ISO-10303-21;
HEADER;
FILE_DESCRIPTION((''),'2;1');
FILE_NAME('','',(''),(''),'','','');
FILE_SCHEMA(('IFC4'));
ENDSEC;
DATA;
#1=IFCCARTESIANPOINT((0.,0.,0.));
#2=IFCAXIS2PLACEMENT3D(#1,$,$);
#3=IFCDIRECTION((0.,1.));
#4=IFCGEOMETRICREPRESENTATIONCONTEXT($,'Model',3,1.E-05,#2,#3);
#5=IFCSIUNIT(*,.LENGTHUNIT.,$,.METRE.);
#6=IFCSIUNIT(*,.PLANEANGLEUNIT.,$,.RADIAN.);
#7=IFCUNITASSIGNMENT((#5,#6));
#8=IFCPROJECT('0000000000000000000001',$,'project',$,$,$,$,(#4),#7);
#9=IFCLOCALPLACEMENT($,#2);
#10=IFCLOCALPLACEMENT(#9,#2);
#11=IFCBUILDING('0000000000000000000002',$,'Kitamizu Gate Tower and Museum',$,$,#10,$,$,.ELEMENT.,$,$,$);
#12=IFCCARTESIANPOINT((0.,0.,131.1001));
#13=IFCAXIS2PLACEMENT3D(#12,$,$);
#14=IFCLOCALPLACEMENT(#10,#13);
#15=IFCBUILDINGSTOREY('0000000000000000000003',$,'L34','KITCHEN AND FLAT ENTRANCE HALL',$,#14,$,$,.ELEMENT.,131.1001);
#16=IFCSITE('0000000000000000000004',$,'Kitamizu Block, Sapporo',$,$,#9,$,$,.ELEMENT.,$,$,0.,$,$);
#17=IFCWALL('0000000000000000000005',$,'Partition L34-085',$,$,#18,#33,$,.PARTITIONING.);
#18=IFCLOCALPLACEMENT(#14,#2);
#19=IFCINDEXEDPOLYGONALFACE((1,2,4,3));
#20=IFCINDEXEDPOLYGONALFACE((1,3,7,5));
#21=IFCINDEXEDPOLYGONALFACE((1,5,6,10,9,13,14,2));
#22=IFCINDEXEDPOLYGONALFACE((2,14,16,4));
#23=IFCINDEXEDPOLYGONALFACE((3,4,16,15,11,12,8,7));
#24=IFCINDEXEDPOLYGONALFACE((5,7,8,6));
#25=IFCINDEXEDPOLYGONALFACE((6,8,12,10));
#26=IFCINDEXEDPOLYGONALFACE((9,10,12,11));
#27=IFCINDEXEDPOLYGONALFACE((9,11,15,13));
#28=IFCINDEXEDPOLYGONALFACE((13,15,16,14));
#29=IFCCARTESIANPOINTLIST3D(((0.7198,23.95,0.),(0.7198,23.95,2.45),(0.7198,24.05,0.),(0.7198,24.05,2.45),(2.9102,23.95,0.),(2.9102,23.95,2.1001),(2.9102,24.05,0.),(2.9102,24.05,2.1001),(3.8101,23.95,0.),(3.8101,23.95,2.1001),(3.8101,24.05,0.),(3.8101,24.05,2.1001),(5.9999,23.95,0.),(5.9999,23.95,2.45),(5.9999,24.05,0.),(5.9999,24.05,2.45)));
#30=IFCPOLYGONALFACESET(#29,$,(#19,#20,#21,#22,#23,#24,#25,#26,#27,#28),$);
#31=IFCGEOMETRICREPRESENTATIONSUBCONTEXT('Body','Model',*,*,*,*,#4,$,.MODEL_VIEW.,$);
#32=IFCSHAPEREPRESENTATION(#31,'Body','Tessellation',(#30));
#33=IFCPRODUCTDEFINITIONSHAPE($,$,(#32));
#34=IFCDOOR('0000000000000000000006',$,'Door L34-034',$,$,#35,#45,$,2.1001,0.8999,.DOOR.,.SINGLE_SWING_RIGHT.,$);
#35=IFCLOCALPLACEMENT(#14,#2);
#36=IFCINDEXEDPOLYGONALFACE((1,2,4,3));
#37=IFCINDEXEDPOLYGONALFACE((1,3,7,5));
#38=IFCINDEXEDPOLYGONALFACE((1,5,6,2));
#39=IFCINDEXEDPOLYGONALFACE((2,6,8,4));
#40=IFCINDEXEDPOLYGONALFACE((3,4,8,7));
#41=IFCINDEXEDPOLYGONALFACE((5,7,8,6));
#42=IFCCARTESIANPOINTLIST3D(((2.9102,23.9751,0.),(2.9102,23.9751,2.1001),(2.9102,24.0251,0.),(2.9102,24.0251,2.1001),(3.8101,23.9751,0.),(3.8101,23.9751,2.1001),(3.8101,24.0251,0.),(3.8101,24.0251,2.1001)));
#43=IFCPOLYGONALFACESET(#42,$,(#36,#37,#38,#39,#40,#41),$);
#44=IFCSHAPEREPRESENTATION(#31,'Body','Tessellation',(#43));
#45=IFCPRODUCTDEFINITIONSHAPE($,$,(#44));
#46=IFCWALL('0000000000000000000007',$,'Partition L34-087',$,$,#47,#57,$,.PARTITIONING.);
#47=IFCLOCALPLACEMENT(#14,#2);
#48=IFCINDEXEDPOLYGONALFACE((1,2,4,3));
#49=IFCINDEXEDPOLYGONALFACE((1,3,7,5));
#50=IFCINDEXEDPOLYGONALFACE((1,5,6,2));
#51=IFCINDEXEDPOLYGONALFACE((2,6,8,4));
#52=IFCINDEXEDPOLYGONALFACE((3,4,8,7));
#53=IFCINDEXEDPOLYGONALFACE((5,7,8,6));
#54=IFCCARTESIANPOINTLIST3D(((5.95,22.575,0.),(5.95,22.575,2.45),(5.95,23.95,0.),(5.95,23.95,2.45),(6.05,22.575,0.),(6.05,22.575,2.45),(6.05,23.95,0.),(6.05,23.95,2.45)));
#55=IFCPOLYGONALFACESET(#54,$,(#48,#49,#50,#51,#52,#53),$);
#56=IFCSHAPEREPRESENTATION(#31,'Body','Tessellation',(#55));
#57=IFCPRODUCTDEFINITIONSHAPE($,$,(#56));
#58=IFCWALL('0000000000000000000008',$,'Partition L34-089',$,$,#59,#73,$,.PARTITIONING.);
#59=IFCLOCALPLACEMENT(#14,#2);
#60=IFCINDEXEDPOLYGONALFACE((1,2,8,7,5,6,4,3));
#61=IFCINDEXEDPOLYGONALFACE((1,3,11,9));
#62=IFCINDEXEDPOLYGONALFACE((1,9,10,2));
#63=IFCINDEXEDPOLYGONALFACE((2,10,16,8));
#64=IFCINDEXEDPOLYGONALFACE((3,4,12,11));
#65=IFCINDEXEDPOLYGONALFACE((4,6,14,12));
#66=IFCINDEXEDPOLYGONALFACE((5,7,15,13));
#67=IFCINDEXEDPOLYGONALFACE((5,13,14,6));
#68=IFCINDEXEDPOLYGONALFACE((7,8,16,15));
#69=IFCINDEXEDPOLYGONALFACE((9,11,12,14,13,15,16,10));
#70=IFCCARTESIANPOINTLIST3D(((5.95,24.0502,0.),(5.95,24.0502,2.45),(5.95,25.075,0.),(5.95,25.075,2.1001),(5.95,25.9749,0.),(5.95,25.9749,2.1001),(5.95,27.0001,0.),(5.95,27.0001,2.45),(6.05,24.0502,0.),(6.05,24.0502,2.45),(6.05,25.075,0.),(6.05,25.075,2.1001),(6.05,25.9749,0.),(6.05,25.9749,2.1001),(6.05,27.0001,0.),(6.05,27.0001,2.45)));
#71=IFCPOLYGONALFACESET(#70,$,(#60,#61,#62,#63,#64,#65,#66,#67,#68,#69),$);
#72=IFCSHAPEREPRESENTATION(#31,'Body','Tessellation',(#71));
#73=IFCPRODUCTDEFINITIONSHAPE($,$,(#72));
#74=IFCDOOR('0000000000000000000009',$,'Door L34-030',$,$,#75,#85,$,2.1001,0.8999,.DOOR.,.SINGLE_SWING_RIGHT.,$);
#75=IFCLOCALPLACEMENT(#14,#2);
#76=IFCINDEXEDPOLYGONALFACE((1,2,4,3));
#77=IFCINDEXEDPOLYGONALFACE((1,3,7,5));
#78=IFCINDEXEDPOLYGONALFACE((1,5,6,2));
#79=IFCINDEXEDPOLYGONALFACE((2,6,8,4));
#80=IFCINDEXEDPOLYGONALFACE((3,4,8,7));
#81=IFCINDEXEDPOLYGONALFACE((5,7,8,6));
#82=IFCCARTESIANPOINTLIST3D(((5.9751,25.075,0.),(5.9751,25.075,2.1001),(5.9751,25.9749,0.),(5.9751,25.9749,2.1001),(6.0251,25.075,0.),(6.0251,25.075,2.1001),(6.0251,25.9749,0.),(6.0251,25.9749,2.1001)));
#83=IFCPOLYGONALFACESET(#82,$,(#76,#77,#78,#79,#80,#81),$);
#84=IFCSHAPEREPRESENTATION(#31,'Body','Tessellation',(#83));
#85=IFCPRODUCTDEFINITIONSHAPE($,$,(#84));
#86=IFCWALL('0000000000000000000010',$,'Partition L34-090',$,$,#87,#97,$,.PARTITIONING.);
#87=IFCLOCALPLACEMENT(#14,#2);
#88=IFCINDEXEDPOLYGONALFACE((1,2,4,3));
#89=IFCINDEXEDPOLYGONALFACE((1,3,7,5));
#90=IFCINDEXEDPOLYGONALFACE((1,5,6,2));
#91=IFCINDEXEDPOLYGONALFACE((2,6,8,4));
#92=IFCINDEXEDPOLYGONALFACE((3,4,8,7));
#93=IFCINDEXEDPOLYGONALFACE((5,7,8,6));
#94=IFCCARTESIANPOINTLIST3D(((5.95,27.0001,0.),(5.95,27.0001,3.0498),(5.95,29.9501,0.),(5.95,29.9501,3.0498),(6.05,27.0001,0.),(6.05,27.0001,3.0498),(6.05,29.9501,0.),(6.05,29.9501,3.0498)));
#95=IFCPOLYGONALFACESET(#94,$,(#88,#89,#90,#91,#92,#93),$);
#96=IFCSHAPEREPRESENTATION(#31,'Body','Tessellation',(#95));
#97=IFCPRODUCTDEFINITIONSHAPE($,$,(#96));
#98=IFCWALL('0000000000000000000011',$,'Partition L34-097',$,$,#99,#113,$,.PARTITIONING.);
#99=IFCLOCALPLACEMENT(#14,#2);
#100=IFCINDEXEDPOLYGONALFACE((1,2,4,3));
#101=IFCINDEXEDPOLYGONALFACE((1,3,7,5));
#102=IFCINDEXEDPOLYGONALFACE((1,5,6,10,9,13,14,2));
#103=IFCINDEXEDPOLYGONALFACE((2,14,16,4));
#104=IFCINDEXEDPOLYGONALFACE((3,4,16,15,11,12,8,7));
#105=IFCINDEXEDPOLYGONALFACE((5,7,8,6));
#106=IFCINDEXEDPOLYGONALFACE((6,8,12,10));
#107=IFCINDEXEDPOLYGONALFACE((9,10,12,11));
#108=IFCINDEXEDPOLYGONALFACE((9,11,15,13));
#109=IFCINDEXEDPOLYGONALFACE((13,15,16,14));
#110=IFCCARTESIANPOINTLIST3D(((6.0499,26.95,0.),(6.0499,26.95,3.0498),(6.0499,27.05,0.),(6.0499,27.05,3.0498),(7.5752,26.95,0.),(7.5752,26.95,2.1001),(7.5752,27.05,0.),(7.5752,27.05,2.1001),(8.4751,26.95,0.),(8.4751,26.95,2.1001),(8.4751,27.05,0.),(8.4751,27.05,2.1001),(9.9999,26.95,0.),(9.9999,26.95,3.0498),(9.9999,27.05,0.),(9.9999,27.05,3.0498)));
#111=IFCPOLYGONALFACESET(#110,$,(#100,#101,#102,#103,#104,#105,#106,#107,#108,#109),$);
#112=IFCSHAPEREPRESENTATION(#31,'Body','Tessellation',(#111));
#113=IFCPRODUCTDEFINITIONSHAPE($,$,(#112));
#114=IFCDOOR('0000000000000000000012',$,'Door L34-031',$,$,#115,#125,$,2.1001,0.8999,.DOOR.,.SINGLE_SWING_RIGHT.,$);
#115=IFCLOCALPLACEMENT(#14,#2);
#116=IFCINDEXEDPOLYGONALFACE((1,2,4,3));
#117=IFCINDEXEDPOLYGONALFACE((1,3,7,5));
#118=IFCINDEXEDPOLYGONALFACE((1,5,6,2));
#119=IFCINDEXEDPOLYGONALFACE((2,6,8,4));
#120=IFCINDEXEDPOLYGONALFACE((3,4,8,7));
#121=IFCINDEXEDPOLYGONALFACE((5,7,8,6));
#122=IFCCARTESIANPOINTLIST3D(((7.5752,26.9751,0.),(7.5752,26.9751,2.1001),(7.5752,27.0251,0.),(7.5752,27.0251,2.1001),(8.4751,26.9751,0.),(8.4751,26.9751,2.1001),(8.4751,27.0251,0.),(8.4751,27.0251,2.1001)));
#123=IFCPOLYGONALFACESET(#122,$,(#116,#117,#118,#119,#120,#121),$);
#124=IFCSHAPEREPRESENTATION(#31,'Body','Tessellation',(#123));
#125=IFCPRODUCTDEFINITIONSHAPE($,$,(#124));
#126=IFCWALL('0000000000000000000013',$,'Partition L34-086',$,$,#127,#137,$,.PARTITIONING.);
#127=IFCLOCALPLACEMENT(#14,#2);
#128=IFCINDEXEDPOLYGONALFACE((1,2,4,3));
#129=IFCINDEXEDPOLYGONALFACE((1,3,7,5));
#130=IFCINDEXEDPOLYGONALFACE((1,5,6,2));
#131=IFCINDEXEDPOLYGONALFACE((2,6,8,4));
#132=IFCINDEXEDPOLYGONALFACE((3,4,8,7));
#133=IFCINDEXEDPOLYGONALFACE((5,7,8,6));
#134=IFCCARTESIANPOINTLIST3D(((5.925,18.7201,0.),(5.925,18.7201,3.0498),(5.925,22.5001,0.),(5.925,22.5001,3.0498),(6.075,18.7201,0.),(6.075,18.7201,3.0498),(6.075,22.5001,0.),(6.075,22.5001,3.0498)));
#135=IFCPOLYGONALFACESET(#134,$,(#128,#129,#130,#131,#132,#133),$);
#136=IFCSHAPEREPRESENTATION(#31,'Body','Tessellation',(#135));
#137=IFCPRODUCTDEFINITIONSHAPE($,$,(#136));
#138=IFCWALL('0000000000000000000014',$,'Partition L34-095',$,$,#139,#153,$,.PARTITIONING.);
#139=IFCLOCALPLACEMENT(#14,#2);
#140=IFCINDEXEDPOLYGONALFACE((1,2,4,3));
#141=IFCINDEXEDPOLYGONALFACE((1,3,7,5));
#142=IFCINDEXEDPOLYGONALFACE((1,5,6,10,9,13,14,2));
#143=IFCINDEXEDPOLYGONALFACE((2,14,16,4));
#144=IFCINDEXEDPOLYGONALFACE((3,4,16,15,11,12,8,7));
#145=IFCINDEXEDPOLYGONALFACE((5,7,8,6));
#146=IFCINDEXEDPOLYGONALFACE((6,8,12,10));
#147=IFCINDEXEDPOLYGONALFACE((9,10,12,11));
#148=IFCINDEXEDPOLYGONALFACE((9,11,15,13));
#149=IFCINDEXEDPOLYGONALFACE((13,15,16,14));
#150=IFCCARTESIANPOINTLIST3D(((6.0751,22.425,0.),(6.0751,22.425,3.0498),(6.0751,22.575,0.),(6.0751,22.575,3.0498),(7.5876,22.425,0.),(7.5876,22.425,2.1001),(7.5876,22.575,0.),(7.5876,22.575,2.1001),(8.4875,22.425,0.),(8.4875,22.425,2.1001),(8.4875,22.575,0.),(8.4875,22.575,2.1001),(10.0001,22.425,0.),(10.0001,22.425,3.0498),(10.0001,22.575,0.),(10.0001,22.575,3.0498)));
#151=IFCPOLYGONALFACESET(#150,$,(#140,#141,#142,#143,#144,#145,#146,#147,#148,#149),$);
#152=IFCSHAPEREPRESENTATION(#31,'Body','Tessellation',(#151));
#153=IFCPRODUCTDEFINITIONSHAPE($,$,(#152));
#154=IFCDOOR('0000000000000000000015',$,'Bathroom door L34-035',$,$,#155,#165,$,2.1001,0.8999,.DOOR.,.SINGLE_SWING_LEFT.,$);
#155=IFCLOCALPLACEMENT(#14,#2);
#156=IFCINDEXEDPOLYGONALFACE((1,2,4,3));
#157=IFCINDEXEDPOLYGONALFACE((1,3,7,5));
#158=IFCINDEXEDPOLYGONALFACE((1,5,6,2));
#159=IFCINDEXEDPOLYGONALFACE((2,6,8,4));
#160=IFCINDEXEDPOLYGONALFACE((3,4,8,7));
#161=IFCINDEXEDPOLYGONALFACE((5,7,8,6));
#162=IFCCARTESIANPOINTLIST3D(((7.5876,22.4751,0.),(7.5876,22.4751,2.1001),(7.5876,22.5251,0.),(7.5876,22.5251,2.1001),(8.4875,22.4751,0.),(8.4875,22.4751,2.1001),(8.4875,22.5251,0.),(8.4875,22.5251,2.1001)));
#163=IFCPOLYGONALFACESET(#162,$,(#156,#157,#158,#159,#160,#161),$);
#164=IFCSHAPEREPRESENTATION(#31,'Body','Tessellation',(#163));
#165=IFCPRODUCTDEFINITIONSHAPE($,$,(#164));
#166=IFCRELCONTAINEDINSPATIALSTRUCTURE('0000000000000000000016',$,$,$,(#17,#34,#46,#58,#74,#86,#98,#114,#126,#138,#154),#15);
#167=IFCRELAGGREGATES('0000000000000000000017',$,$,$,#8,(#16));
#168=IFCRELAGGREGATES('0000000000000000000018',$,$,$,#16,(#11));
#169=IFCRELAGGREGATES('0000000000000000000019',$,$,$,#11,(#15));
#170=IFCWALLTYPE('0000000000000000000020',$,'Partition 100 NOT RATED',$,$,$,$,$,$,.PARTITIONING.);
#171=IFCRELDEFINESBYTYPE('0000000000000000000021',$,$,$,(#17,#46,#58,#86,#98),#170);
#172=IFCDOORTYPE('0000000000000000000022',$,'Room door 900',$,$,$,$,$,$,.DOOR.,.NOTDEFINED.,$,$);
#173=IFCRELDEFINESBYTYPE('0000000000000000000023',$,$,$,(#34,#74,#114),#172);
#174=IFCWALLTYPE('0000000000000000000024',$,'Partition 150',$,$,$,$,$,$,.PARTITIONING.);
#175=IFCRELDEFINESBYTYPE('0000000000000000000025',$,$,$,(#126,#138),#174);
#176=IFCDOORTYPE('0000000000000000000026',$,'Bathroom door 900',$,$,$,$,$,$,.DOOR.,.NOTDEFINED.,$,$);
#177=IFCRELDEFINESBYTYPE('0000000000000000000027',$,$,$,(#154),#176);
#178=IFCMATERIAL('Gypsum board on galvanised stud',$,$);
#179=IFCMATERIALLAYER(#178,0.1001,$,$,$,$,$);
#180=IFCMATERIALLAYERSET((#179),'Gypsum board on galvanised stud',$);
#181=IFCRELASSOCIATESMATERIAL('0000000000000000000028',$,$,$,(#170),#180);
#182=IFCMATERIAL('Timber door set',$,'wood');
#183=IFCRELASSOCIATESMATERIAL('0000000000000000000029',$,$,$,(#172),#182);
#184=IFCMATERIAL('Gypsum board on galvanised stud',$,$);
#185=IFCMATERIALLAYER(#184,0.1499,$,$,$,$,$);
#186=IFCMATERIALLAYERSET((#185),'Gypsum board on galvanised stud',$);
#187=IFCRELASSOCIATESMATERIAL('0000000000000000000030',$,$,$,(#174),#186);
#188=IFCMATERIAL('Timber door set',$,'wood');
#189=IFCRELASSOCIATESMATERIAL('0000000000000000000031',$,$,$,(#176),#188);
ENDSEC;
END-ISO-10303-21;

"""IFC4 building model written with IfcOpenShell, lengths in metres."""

from ifc_helpers import new_model, si_unit, direction, frame, frame_2d, origin, place, context, subcontext, project, spatial, rectangle, extrude, material, layer, layer_set, type_object, element, fill, save


model = new_model("IFC4")

# Units and contexts
model_context = context("Model", 3, precision=1e-05, world=origin(), true_north=direction((0.0, 1.0)))
body_context = subcontext(model_context, "Body", "Model", "MODEL_VIEW")
ifc_project = project(units=[si_unit("LENGTHUNIT", "METRE"), si_unit("PLANEANGLEUNIT", "RADIAN")], contexts=[model_context])

# Site, building, storey
site_placement = place(None, origin())
site = spatial("IfcSite", under=ifc_project, at=site_placement, Name="Kitamizu Block, Sapporo", CompositionType="ELEMENT", RefElevation=0.0)
building_placement = place(site_placement, origin())
building = spatial("IfcBuilding", under=site, at=building_placement, Name="Kitamizu Gate Tower and Museum", CompositionType="ELEMENT")
storey_placement = place(building_placement, frame((0.0, 0.0, 131.1001)))
storey = spatial("IfcBuildingStorey", under=building, at=storey_placement, Name="L34", Description="KITCHEN AND FLAT ENTRANCE HALL", CompositionType="ELEMENT", Elevation=131.1001)

# Wall, opening, door
ifc_material_1 = material(Name="Gypsum board on galvanised stud")
ifc_layer_1 = layer(ifc_material_1, 0.1001)
ifc_layer_set_1 = layer_set([ifc_layer_1], Name="Gypsum board on galvanised stud")
wall_type_1 = type_object("IfcWallType", Name="Partition 100 NOT RATED", PredefinedType="PARTITIONING", material=ifc_layer_set_1)
wall_1_placement = place(storey_placement, frame((6.0, 24.0, 0.0), z_axis=(0.0, 0.0, 1.0), x_axis=(-1.0, 0.0, 0.0)))
wall_1 = element("IfcWall", 1, at=wall_1_placement, inside=storey, type_object=wall_type_1, Name="Partition L34-085", PredefinedType="PARTITIONING", context=body_context, shape_type="SweptSolid", body=[
    extrude(rectangle(XDim=5.28, YDim=0.1001, at=frame_2d((2.6401, 0.0))), origin(), (0.0, 0.0, 1.0), 2.45),
])
opening_1_placement = place(wall_1_placement, frame((2.1899, 0.0, 0.0)))
opening_1 = element("IfcOpeningElement", 2, at=opening_1_placement, cuts=wall_1, PredefinedType="OPENING", context=body_context, shape_type="SweptSolid", body=[
    extrude(rectangle(XDim=0.8999, YDim=2.1001, at=frame_2d((0.45, 1.05))), frame((0.0, 0.0601, 0.0), z_axis=(0.0, -1.0, 0.0), x_axis=(1.0, 0.0, 0.0)), (0.0, 0.0, 1.0), 0.1201),
])
ifc_material_2 = material(Name="Timber door set", Category="wood")
door_type_1 = type_object("IfcDoorType", Name="Room door 900", OperationType="NOTDEFINED", PredefinedType="DOOR", material=ifc_material_2)
door_1_placement = place(opening_1_placement, origin())
door_1 = element("IfcDoor", 3, at=door_1_placement, inside=storey, type_object=door_type_1, Name="Door L34-034", OperationType="SINGLE_SWING_RIGHT", OverallHeight=2.1001, OverallWidth=0.8999, PredefinedType="DOOR", context=body_context, shape_type="SweptSolid", body=[
    extrude(rectangle(XDim=0.8999, YDim=2.1001, at=frame_2d((0.45, 1.05))), frame((0.0, 0.0249, 0.0), z_axis=(0.0, -1.0, 0.0), x_axis=(1.0, 0.0, 0.0)), (0.0, 0.0, 1.0), 0.05),
])
fill(opening_1, door_1)

# Wall
wall_2_placement = place(storey_placement, frame((6.0, 22.575, 0.0), z_axis=(0.0, 0.0, 1.0), x_axis=(0.0, 1.0, 0.0)))
element("IfcWall", 4, at=wall_2_placement, inside=storey, type_object=wall_type_1, Name="Partition L34-087", PredefinedType="PARTITIONING", context=body_context, shape_type="SweptSolid", body=[
    extrude(rectangle(XDim=1.375, YDim=0.1001, at=frame_2d((0.6875, 0.0))), origin(), (0.0, 0.0, 1.0), 2.45),
])

# Wall, opening, door
wall_3_placement = place(storey_placement, frame((6.0, 24.05, 0.0), z_axis=(0.0, 0.0, 1.0), x_axis=(0.0, 1.0, 0.0)))
wall_3 = element("IfcWall", 5, at=wall_3_placement, inside=storey, type_object=wall_type_1, Name="Partition L34-089", PredefinedType="PARTITIONING", context=body_context, shape_type="SweptSolid", body=[
    extrude(rectangle(XDim=2.95, YDim=0.1001, at=frame_2d((1.4751, 0.0))), origin(), (0.0, 0.0, 1.0), 2.45),
])
opening_2_placement = place(wall_3_placement, frame((1.0249, 0.0, 0.0)))
opening_2 = element("IfcOpeningElement", 6, at=opening_2_placement, cuts=wall_3, PredefinedType="OPENING", context=body_context, shape_type="SweptSolid", body=[
    extrude(rectangle(XDim=0.8999, YDim=2.1001, at=frame_2d((0.45, 1.05))), frame((0.0, 0.0601, 0.0), z_axis=(0.0, -1.0, 0.0), x_axis=(1.0, 0.0, 0.0)), (0.0, 0.0, 1.0), 0.1201),
])
door_2_placement = place(opening_2_placement, origin())
door_2 = element("IfcDoor", 7, at=door_2_placement, inside=storey, type_object=door_type_1, Name="Door L34-030", OperationType="SINGLE_SWING_RIGHT", OverallHeight=2.1001, OverallWidth=0.8999, PredefinedType="DOOR", context=body_context, shape_type="SweptSolid", body=[
    extrude(rectangle(XDim=0.8999, YDim=2.1001, at=frame_2d((0.45, 1.05))), frame((0.0, 0.0249, 0.0), z_axis=(0.0, -1.0, 0.0), x_axis=(1.0, 0.0, 0.0)), (0.0, 0.0, 1.0), 0.05),
])
fill(opening_2, door_2)

# Wall
wall_4_placement = place(storey_placement, frame((6.0, 27.0, 0.0), z_axis=(0.0, 0.0, 1.0), x_axis=(0.0, 1.0, 0.0)))
element("IfcWall", 8, at=wall_4_placement, inside=storey, type_object=wall_type_1, Name="Partition L34-090", PredefinedType="PARTITIONING", context=body_context, shape_type="SweptSolid", body=[
    extrude(rectangle(XDim=2.95, YDim=0.1001, at=frame_2d((1.4751, 0.0))), origin(), (0.0, 0.0, 1.0), 3.0498),
])

# Wall, opening, door
wall_5_placement = place(storey_placement, frame((10.0, 27.0, 0.0), z_axis=(0.0, 0.0, 1.0), x_axis=(-1.0, 0.0, 0.0)))
wall_5 = element("IfcWall", 9, at=wall_5_placement, inside=storey, type_object=wall_type_1, Name="Partition L34-097", PredefinedType="PARTITIONING", context=body_context, shape_type="SweptSolid", body=[
    extrude(rectangle(XDim=3.95, YDim=0.1001, at=frame_2d((1.9751, 0.0))), origin(), (0.0, 0.0, 1.0), 3.0498),
])
opening_3_placement = place(wall_5_placement, frame((1.5249, 0.0, 0.0)))
opening_3 = element("IfcOpeningElement", 10, at=opening_3_placement, cuts=wall_5, PredefinedType="OPENING", context=body_context, shape_type="SweptSolid", body=[
    extrude(rectangle(XDim=0.8999, YDim=2.1001, at=frame_2d((0.45, 1.05))), frame((0.0, 0.0601, 0.0), z_axis=(0.0, -1.0, 0.0), x_axis=(1.0, 0.0, 0.0)), (0.0, 0.0, 1.0), 0.1201),
])
door_3_placement = place(opening_3_placement, origin())
door_3 = element("IfcDoor", 11, at=door_3_placement, inside=storey, type_object=door_type_1, Name="Door L34-031", OperationType="SINGLE_SWING_RIGHT", OverallHeight=2.1001, OverallWidth=0.8999, PredefinedType="DOOR", context=body_context, shape_type="SweptSolid", body=[
    extrude(rectangle(XDim=0.8999, YDim=2.1001, at=frame_2d((0.45, 1.05))), frame((0.0, 0.0249, 0.0), z_axis=(0.0, -1.0, 0.0), x_axis=(1.0, 0.0, 0.0)), (0.0, 0.0, 1.0), 0.05),
])
fill(opening_3, door_3)

# Wall
ifc_material_3 = material(Name="Gypsum board on galvanised stud")
ifc_layer_2 = layer(ifc_material_3, 0.1499)
ifc_layer_set_2 = layer_set([ifc_layer_2], Name="Gypsum board on galvanised stud")
wall_type_2 = type_object("IfcWallType", Name="Partition 150", PredefinedType="PARTITIONING", material=ifc_layer_set_2)
wall_6_placement = place(storey_placement, frame((6.0, 18.72, 0.0), z_axis=(0.0, 0.0, 1.0), x_axis=(0.0, 1.0, 0.0)))
element("IfcWall", 12, at=wall_6_placement, inside=storey, type_object=wall_type_2, Name="Partition L34-086", PredefinedType="PARTITIONING", context=body_context, shape_type="SweptSolid", body=[
    extrude(rectangle(XDim=3.78, YDim=0.1499, at=frame_2d((1.8901, 0.0))), origin(), (0.0, 0.0, 1.0), 3.0498),
])

# Wall, opening, door
wall_7_placement = place(storey_placement, frame((10.0, 22.5, 0.0), z_axis=(0.0, 0.0, 1.0), x_axis=(-1.0, 0.0, 0.0)))
wall_7 = element("IfcWall", 13, at=wall_7_placement, inside=storey, type_object=wall_type_2, Name="Partition L34-095", PredefinedType="PARTITIONING", context=body_context, shape_type="SweptSolid", body=[
    extrude(rectangle(XDim=3.925, YDim=0.1499, at=frame_2d((1.9624, 0.0))), origin(), (0.0, 0.0, 1.0), 3.0498),
])
opening_4_placement = place(wall_7_placement, frame((1.5125, 0.0, 0.0)))
opening_4 = element("IfcOpeningElement", 14, at=opening_4_placement, cuts=wall_7, PredefinedType="OPENING", context=body_context, shape_type="SweptSolid", body=[
    extrude(rectangle(XDim=0.8999, YDim=2.1001, at=frame_2d((0.45, 1.05))), frame((0.0, 0.085, 0.0), z_axis=(0.0, -1.0, 0.0), x_axis=(1.0, 0.0, 0.0)), (0.0, 0.0, 1.0), 0.1699),
])
ifc_material_4 = material(Name="Timber door set", Category="wood")
door_type_2 = type_object("IfcDoorType", Name="Bathroom door 900", OperationType="NOTDEFINED", PredefinedType="DOOR", material=ifc_material_4)
door_4_placement = place(opening_4_placement, origin())
door_4 = element("IfcDoor", 15, at=door_4_placement, inside=storey, type_object=door_type_2, Name="Bathroom door L34-035", OperationType="SINGLE_SWING_LEFT", OverallHeight=2.1001, OverallWidth=0.8999, PredefinedType="DOOR", context=body_context, shape_type="SweptSolid", body=[
    extrude(rectangle(XDim=0.8999, YDim=2.1001, at=frame_2d((0.45, 1.05))), frame((0.0, 0.0249, 0.0), z_axis=(0.0, -1.0, 0.0), x_axis=(1.0, 0.0, 0.0)), (0.0, 0.0, 1.0), 0.05),
])
fill(opening_4, door_4)

save(model, "model.ifc")
